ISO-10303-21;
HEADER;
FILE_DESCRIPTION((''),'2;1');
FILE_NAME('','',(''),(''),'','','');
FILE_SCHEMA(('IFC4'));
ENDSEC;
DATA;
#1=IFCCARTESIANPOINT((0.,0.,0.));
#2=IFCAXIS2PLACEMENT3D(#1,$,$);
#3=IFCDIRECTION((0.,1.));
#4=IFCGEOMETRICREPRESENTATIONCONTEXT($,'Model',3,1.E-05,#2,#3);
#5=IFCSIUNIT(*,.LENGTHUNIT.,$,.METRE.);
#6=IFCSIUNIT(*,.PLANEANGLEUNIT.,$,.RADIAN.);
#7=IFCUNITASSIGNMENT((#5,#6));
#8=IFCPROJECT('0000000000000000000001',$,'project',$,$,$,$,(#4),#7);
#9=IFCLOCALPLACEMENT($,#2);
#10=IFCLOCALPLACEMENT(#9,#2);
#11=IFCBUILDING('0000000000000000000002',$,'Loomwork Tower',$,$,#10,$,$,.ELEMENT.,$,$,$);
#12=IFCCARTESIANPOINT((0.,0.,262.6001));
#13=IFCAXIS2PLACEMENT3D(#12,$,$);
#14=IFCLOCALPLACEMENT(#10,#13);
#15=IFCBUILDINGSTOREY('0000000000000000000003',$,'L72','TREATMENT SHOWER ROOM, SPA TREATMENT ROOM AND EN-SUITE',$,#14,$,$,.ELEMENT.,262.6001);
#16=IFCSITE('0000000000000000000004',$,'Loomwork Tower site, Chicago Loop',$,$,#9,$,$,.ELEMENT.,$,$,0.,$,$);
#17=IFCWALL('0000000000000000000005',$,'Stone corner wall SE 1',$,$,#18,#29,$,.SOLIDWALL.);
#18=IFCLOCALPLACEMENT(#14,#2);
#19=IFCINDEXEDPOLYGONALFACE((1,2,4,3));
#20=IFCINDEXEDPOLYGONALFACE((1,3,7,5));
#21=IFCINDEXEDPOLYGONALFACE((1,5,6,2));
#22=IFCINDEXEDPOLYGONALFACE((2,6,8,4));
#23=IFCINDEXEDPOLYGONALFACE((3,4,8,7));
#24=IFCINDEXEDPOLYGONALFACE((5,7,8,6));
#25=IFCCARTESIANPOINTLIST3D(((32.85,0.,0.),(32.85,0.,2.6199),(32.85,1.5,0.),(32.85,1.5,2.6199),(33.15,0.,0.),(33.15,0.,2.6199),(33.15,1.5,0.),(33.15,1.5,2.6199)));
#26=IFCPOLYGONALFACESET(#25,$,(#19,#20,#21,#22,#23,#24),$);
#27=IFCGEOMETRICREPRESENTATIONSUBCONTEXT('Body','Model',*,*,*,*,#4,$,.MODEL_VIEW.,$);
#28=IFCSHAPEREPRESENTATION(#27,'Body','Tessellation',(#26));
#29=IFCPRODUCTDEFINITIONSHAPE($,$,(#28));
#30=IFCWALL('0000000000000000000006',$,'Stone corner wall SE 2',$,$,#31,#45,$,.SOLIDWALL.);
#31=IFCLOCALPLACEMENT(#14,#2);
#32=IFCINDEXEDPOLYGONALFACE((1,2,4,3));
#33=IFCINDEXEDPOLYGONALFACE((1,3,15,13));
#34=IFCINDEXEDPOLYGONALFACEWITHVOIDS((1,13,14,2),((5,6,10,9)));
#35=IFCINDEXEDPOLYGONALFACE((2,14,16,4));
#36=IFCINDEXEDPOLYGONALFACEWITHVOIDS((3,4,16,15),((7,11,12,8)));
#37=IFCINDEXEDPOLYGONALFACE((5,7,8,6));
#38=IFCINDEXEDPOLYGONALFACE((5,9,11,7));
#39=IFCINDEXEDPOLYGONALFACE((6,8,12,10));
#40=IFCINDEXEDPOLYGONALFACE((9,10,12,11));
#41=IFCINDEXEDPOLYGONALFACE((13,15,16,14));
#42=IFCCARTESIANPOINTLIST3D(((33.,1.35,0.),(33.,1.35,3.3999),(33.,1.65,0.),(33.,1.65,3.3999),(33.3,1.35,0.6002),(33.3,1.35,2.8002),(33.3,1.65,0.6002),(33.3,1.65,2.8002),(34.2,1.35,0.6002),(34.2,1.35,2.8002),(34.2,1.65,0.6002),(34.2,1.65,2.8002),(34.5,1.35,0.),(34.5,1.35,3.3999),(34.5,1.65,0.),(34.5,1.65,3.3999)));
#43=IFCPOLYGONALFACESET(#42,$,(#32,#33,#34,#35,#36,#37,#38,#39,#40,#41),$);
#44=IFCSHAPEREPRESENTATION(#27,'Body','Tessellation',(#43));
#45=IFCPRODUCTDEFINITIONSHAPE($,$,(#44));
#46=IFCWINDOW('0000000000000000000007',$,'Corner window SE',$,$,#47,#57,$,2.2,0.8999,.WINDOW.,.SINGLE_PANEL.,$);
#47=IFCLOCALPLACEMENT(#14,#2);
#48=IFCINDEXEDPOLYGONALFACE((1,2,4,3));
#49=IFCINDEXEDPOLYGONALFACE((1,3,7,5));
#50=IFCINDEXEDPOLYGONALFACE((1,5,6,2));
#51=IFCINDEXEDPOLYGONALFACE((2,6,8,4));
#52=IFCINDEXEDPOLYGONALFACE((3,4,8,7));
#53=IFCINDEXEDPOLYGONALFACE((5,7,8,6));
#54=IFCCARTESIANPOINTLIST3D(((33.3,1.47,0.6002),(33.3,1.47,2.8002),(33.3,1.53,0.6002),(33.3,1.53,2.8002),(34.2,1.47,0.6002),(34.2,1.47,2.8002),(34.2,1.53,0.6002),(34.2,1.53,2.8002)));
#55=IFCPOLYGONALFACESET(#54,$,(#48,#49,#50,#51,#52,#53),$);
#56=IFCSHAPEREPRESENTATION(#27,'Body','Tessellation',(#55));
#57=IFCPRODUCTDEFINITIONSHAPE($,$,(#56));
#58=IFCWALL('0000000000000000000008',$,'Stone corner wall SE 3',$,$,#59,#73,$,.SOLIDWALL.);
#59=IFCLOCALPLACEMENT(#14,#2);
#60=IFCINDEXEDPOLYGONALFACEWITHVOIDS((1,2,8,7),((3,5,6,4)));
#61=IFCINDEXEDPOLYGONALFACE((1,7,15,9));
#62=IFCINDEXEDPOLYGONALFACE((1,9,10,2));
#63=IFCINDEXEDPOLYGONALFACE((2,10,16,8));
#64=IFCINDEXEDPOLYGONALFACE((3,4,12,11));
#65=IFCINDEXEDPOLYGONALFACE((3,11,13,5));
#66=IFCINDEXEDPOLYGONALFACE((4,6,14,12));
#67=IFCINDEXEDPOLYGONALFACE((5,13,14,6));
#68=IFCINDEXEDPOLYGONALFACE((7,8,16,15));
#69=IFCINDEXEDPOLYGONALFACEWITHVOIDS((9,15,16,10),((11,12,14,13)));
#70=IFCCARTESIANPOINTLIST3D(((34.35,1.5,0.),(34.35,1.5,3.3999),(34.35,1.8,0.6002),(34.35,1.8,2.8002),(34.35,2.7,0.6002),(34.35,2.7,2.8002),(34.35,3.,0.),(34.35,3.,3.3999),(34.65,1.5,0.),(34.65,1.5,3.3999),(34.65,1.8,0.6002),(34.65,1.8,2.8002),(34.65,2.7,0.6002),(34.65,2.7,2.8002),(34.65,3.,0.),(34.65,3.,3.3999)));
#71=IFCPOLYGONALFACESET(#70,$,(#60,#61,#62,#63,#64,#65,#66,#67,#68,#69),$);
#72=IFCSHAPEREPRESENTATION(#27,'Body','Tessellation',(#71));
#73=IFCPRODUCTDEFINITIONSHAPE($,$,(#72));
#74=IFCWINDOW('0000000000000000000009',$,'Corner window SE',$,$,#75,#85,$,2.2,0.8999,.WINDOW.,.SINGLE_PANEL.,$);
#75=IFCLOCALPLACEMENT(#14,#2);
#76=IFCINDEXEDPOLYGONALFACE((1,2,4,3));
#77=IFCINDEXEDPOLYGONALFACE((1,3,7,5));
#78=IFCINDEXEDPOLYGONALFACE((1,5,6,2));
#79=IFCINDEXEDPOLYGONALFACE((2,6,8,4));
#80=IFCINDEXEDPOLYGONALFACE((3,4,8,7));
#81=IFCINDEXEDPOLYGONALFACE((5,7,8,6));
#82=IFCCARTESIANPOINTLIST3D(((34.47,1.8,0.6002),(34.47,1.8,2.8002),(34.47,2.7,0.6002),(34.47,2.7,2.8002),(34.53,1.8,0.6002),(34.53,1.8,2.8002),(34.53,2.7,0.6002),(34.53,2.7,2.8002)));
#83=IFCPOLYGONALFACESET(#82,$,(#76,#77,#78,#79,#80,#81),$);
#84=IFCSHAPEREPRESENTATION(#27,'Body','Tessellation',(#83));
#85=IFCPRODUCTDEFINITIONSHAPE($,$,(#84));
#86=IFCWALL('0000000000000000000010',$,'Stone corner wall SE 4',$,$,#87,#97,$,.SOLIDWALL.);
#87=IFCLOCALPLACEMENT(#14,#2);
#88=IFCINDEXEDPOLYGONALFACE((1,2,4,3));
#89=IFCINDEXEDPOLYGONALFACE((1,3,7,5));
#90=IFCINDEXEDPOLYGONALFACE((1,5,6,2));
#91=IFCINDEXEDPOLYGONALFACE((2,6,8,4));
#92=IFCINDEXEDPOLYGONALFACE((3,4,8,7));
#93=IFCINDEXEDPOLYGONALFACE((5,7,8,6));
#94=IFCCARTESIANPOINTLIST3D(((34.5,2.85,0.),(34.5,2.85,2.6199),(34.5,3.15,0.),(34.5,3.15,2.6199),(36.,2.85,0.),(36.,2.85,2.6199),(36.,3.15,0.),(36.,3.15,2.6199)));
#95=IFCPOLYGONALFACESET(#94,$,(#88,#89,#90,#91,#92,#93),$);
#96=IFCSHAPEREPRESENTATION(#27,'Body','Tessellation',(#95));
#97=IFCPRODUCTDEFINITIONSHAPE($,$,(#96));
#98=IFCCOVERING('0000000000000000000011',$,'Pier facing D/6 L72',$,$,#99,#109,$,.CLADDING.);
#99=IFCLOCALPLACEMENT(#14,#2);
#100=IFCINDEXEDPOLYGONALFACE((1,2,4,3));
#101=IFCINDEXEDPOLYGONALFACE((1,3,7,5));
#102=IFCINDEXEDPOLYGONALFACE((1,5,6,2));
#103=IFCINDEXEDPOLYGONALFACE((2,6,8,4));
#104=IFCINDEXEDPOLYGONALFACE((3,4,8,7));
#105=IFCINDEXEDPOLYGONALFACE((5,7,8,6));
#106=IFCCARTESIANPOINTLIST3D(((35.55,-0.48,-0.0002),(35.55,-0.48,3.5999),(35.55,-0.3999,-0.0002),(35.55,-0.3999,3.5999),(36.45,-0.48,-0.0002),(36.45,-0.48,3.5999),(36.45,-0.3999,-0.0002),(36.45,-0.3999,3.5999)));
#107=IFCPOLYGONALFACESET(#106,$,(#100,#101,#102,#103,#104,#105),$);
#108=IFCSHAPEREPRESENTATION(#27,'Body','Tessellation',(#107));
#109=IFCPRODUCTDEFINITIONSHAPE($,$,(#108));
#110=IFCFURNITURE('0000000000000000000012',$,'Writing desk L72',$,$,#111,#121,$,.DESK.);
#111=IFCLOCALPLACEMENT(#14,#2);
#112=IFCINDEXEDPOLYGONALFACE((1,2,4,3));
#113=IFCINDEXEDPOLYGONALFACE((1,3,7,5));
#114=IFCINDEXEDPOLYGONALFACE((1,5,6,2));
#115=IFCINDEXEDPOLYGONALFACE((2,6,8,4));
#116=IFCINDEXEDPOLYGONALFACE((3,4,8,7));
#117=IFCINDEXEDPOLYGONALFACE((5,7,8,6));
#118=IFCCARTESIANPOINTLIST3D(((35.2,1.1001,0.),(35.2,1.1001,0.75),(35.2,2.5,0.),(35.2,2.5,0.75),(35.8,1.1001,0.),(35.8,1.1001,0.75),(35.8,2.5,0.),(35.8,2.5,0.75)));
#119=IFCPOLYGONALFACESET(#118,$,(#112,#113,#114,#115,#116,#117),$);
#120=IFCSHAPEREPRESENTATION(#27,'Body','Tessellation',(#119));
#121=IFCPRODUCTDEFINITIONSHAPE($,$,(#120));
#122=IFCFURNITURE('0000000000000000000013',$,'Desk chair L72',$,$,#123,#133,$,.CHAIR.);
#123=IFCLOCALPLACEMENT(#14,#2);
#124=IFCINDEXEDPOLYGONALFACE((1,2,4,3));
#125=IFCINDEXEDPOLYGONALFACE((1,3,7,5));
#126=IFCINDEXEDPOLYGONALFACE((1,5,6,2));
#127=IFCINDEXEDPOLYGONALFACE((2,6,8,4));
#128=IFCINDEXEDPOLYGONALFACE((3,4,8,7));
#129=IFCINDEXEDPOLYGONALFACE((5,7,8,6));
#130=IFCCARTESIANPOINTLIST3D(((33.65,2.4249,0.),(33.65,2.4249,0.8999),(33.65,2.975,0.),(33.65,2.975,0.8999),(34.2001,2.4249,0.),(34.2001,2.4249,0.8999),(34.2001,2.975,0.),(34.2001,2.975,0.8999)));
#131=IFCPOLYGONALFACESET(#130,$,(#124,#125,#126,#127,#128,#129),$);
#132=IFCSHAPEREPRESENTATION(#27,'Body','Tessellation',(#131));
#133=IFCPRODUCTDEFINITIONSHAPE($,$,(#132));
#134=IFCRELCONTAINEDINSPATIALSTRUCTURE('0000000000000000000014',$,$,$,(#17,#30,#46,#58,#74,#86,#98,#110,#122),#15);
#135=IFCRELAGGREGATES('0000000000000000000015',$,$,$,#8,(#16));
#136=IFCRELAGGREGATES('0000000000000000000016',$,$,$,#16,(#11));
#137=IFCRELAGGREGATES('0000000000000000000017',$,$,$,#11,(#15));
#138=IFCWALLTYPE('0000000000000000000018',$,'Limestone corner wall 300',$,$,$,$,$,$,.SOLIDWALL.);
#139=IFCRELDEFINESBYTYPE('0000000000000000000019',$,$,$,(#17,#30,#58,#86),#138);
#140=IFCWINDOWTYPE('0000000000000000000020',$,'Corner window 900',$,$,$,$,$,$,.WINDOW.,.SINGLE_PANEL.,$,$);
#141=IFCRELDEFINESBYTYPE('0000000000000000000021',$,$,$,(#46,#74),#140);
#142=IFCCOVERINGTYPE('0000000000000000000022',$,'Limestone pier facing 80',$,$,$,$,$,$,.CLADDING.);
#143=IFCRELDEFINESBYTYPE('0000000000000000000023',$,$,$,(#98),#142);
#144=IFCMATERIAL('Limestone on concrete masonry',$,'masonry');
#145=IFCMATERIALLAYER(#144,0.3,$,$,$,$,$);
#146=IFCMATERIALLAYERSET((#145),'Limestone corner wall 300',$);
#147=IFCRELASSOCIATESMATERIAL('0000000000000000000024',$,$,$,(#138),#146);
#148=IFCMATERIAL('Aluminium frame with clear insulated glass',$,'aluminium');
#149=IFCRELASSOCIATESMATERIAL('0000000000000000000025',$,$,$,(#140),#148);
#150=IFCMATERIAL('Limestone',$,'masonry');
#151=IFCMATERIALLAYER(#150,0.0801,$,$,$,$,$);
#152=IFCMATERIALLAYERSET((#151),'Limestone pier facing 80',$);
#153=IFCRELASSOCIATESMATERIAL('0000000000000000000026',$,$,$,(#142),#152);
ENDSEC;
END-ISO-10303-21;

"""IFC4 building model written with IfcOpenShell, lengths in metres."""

from ifc_helpers import new_model, si_unit, direction, frame, frame_2d, origin, origin_2d, place, context, subcontext, project, spatial, rectangle, extrude, material, layer, layer_set, type_object, element, fill, save


model = new_model("IFC4")

# Units and contexts
model_context = context("Model", 3, precision=1e-05, world=origin(), true_north=direction((0.0, 1.0)))
body_context = subcontext(model_context, "Body", "Model", "MODEL_VIEW")
ifc_project = project(units=[si_unit("LENGTHUNIT", "METRE"), si_unit("PLANEANGLEUNIT", "RADIAN")], contexts=[model_context])

# Site, building, storey
site_placement = place(None, origin())
site = spatial("IfcSite", under=ifc_project, at=site_placement, Name="Loomwork Tower site, Chicago Loop", CompositionType="ELEMENT", RefElevation=0.0)
building_placement = place(site_placement, origin())
building = spatial("IfcBuilding", under=site, at=building_placement, Name="Loomwork Tower", CompositionType="ELEMENT")
storey_placement = place(building_placement, frame((0.0, 0.0, 262.6001)))
storey = spatial("IfcBuildingStorey", under=building, at=storey_placement, Name="L72", Description="TREATMENT SHOWER ROOM, SPA TREATMENT ROOM AND EN-SUITE", CompositionType="ELEMENT", Elevation=262.6001)

# Wall
ifc_material_1 = material(Name="Limestone on concrete masonry", Category="masonry")
ifc_layer_1 = layer(ifc_material_1, 0.3)
ifc_layer_set_1 = layer_set([ifc_layer_1], Name="Limestone corner wall 300")
wall_type_1 = type_object("IfcWallType", Name="Limestone corner wall 300", PredefinedType="SOLIDWALL", material=ifc_layer_set_1)
wall_1_placement = place(storey_placement, frame((33.0, 0.0, 0.0), z_axis=(0.0, 0.0, 1.0), x_axis=(0.0, 1.0, 0.0)))
element("IfcWall", 1, at=wall_1_placement, inside=storey, type_object=wall_type_1, Name="Stone corner wall SE 1", PredefinedType="SOLIDWALL", context=body_context, shape_type="SweptSolid", body=[
    extrude(rectangle(XDim=1.5, YDim=0.3, at=frame_2d((0.75, 0.0))), origin(), (0.0, 0.0, 1.0), 2.6199),
])

# Walls, openings, windows
wall_2_placement = place(storey_placement, frame((33.0, 1.5, 0.0), z_axis=(0.0, 0.0, 1.0), x_axis=(1.0, 0.0, 0.0)))
wall_2 = element("IfcWall", 2, at=wall_2_placement, inside=storey, type_object=wall_type_1, Name="Stone corner wall SE 2", PredefinedType="SOLIDWALL", context=body_context, shape_type="SweptSolid", body=[
    extrude(rectangle(XDim=1.5, YDim=0.3, at=frame_2d((0.75, 0.0))), origin(), (0.0, 0.0, 1.0), 3.3999),
])
opening_1_placement = place(wall_2_placement, frame((0.3, 0.0, 0.6001)))
opening_1 = element("IfcOpeningElement", 3, at=opening_1_placement, cuts=wall_2, PredefinedType="OPENING", context=body_context, shape_type="SweptSolid", body=[
    extrude(rectangle(XDim=0.8999, YDim=2.2, at=frame_2d((0.45, 1.1001))), frame((0.0, 0.1599, 0.0), z_axis=(0.0, -1.0, 0.0), x_axis=(1.0, 0.0, 0.0)), (0.0, 0.0, 1.0), 0.3201),
])
ifc_material_2 = material(Name="Aluminium frame with clear insulated glass", Category="aluminium")
window_type_1 = type_object("IfcWindowType", Name="Corner window 900", PartitioningType="SINGLE_PANEL", PredefinedType="WINDOW", material=ifc_material_2)
window_1_placement = place(opening_1_placement, origin())
window_1 = element("IfcWindow", 4, at=window_1_placement, inside=storey, type_object=window_type_1, Name="Corner window SE", OverallHeight=2.2, OverallWidth=0.8999, PartitioningType="SINGLE_PANEL", PredefinedType="WINDOW", context=body_context, shape_type="SweptSolid", body=[
    extrude(rectangle(XDim=0.8999, YDim=2.2, at=frame_2d((0.45, 1.1001))), frame((0.0, 0.03, 0.0), z_axis=(0.0, -1.0, 0.0), x_axis=(1.0, 0.0, 0.0)), (0.0, 0.0, 1.0), 0.0601),
])
fill(opening_1, window_1)
wall_3_placement = place(storey_placement, frame((34.5, 1.5, 0.0), z_axis=(0.0, 0.0, 1.0), x_axis=(0.0, 1.0, 0.0)))
wall_3 = element("IfcWall", 5, at=wall_3_placement, inside=storey, type_object=wall_type_1, Name="Stone corner wall SE 3", PredefinedType="SOLIDWALL", context=body_context, shape_type="SweptSolid", body=[
    extrude(rectangle(XDim=1.5, YDim=0.3, at=frame_2d((0.75, 0.0))), origin(), (0.0, 0.0, 1.0), 3.3999),
])
opening_2_placement = place(wall_3_placement, frame((0.3, 0.0, 0.6001)))
opening_2 = element("IfcOpeningElement", 6, at=opening_2_placement, cuts=wall_3, PredefinedType="OPENING", context=body_context, shape_type="SweptSolid", body=[
    extrude(rectangle(XDim=0.8999, YDim=2.2, at=frame_2d((0.45, 1.1001))), frame((0.0, 0.1599, 0.0), z_axis=(0.0, -1.0, 0.0), x_axis=(1.0, 0.0, 0.0)), (0.0, 0.0, 1.0), 0.3201),
])
window_2_placement = place(opening_2_placement, origin())
window_2 = element("IfcWindow", 7, at=window_2_placement, inside=storey, type_object=window_type_1, Name="Corner window SE", OverallHeight=2.2, OverallWidth=0.8999, PartitioningType="SINGLE_PANEL", PredefinedType="WINDOW", context=body_context, shape_type="SweptSolid", body=[
    extrude(rectangle(XDim=0.8999, YDim=2.2, at=frame_2d((0.45, 1.1001))), frame((0.0, 0.03, 0.0), z_axis=(0.0, -1.0, 0.0), x_axis=(1.0, 0.0, 0.0)), (0.0, 0.0, 1.0), 0.0601),
])
fill(opening_2, window_2)

# Wall
wall_4_placement = place(storey_placement, frame((34.5, 3.0, 0.0), z_axis=(0.0, 0.0, 1.0), x_axis=(1.0, 0.0, 0.0)))
element("IfcWall", 8, at=wall_4_placement, inside=storey, type_object=wall_type_1, Name="Stone corner wall SE 4", PredefinedType="SOLIDWALL", context=body_context, shape_type="SweptSolid", body=[
    extrude(rectangle(XDim=1.5, YDim=0.3, at=frame_2d((0.75, 0.0))), origin(), (0.0, 0.0, 1.0), 2.6199),
])

# Covering
ifc_material_3 = material(Name="Limestone", Category="masonry")
ifc_layer_2 = layer(ifc_material_3, 0.0801)
ifc_layer_set_2 = layer_set([ifc_layer_2], Name="Limestone pier facing 80")
covering_type = type_object("IfcCoveringType", Name="Limestone pier facing 80", PredefinedType="CLADDING", material=ifc_layer_set_2)
covering_placement = place(storey_placement, frame((36.0, -0.4399, -0.0002), z_axis=(0.0, 0.0, 1.0), x_axis=(1.0, 0.0, 0.0)))
element("IfcCovering", 9, at=covering_placement, inside=storey, type_object=covering_type, Name="Pier facing D/6 L72", PredefinedType="CLADDING", context=body_context, shape_type="SweptSolid", body=[
    extrude(rectangle(XDim=0.8999, YDim=0.0801, at=origin_2d()), origin(), (0.0, 0.0, 1.0), 3.6001),
])

# Furniture
furniture_1_placement = place(storey_placement, frame((35.5, 1.8, 0.0), z_axis=(0.0, 0.0, 1.0), x_axis=(1.0, 0.0, 0.0)))
element("IfcFurniture", 10, at=furniture_1_placement, inside=storey, Name="Writing desk L72", PredefinedType="DESK", context=body_context, shape_type="SweptSolid", body=[
    extrude(rectangle(XDim=0.6001, YDim=1.3999, at=origin_2d()), origin(), (0.0, 0.0, 1.0), 0.75),
])
furniture_2_placement = place(storey_placement, frame((33.925, 2.7, 0.0), z_axis=(0.0, 0.0, 1.0), x_axis=(1.0, 0.0, 0.0)))
element("IfcFurniture", 11, at=furniture_2_placement, inside=storey, Name="Desk chair L72", PredefinedType="CHAIR", context=body_context, shape_type="SweptSolid", body=[
    extrude(rectangle(XDim=0.55, YDim=0.55, at=origin_2d()), origin(), (0.0, 0.0, 1.0), 0.8999),
])

save(model, "model.ifc")
